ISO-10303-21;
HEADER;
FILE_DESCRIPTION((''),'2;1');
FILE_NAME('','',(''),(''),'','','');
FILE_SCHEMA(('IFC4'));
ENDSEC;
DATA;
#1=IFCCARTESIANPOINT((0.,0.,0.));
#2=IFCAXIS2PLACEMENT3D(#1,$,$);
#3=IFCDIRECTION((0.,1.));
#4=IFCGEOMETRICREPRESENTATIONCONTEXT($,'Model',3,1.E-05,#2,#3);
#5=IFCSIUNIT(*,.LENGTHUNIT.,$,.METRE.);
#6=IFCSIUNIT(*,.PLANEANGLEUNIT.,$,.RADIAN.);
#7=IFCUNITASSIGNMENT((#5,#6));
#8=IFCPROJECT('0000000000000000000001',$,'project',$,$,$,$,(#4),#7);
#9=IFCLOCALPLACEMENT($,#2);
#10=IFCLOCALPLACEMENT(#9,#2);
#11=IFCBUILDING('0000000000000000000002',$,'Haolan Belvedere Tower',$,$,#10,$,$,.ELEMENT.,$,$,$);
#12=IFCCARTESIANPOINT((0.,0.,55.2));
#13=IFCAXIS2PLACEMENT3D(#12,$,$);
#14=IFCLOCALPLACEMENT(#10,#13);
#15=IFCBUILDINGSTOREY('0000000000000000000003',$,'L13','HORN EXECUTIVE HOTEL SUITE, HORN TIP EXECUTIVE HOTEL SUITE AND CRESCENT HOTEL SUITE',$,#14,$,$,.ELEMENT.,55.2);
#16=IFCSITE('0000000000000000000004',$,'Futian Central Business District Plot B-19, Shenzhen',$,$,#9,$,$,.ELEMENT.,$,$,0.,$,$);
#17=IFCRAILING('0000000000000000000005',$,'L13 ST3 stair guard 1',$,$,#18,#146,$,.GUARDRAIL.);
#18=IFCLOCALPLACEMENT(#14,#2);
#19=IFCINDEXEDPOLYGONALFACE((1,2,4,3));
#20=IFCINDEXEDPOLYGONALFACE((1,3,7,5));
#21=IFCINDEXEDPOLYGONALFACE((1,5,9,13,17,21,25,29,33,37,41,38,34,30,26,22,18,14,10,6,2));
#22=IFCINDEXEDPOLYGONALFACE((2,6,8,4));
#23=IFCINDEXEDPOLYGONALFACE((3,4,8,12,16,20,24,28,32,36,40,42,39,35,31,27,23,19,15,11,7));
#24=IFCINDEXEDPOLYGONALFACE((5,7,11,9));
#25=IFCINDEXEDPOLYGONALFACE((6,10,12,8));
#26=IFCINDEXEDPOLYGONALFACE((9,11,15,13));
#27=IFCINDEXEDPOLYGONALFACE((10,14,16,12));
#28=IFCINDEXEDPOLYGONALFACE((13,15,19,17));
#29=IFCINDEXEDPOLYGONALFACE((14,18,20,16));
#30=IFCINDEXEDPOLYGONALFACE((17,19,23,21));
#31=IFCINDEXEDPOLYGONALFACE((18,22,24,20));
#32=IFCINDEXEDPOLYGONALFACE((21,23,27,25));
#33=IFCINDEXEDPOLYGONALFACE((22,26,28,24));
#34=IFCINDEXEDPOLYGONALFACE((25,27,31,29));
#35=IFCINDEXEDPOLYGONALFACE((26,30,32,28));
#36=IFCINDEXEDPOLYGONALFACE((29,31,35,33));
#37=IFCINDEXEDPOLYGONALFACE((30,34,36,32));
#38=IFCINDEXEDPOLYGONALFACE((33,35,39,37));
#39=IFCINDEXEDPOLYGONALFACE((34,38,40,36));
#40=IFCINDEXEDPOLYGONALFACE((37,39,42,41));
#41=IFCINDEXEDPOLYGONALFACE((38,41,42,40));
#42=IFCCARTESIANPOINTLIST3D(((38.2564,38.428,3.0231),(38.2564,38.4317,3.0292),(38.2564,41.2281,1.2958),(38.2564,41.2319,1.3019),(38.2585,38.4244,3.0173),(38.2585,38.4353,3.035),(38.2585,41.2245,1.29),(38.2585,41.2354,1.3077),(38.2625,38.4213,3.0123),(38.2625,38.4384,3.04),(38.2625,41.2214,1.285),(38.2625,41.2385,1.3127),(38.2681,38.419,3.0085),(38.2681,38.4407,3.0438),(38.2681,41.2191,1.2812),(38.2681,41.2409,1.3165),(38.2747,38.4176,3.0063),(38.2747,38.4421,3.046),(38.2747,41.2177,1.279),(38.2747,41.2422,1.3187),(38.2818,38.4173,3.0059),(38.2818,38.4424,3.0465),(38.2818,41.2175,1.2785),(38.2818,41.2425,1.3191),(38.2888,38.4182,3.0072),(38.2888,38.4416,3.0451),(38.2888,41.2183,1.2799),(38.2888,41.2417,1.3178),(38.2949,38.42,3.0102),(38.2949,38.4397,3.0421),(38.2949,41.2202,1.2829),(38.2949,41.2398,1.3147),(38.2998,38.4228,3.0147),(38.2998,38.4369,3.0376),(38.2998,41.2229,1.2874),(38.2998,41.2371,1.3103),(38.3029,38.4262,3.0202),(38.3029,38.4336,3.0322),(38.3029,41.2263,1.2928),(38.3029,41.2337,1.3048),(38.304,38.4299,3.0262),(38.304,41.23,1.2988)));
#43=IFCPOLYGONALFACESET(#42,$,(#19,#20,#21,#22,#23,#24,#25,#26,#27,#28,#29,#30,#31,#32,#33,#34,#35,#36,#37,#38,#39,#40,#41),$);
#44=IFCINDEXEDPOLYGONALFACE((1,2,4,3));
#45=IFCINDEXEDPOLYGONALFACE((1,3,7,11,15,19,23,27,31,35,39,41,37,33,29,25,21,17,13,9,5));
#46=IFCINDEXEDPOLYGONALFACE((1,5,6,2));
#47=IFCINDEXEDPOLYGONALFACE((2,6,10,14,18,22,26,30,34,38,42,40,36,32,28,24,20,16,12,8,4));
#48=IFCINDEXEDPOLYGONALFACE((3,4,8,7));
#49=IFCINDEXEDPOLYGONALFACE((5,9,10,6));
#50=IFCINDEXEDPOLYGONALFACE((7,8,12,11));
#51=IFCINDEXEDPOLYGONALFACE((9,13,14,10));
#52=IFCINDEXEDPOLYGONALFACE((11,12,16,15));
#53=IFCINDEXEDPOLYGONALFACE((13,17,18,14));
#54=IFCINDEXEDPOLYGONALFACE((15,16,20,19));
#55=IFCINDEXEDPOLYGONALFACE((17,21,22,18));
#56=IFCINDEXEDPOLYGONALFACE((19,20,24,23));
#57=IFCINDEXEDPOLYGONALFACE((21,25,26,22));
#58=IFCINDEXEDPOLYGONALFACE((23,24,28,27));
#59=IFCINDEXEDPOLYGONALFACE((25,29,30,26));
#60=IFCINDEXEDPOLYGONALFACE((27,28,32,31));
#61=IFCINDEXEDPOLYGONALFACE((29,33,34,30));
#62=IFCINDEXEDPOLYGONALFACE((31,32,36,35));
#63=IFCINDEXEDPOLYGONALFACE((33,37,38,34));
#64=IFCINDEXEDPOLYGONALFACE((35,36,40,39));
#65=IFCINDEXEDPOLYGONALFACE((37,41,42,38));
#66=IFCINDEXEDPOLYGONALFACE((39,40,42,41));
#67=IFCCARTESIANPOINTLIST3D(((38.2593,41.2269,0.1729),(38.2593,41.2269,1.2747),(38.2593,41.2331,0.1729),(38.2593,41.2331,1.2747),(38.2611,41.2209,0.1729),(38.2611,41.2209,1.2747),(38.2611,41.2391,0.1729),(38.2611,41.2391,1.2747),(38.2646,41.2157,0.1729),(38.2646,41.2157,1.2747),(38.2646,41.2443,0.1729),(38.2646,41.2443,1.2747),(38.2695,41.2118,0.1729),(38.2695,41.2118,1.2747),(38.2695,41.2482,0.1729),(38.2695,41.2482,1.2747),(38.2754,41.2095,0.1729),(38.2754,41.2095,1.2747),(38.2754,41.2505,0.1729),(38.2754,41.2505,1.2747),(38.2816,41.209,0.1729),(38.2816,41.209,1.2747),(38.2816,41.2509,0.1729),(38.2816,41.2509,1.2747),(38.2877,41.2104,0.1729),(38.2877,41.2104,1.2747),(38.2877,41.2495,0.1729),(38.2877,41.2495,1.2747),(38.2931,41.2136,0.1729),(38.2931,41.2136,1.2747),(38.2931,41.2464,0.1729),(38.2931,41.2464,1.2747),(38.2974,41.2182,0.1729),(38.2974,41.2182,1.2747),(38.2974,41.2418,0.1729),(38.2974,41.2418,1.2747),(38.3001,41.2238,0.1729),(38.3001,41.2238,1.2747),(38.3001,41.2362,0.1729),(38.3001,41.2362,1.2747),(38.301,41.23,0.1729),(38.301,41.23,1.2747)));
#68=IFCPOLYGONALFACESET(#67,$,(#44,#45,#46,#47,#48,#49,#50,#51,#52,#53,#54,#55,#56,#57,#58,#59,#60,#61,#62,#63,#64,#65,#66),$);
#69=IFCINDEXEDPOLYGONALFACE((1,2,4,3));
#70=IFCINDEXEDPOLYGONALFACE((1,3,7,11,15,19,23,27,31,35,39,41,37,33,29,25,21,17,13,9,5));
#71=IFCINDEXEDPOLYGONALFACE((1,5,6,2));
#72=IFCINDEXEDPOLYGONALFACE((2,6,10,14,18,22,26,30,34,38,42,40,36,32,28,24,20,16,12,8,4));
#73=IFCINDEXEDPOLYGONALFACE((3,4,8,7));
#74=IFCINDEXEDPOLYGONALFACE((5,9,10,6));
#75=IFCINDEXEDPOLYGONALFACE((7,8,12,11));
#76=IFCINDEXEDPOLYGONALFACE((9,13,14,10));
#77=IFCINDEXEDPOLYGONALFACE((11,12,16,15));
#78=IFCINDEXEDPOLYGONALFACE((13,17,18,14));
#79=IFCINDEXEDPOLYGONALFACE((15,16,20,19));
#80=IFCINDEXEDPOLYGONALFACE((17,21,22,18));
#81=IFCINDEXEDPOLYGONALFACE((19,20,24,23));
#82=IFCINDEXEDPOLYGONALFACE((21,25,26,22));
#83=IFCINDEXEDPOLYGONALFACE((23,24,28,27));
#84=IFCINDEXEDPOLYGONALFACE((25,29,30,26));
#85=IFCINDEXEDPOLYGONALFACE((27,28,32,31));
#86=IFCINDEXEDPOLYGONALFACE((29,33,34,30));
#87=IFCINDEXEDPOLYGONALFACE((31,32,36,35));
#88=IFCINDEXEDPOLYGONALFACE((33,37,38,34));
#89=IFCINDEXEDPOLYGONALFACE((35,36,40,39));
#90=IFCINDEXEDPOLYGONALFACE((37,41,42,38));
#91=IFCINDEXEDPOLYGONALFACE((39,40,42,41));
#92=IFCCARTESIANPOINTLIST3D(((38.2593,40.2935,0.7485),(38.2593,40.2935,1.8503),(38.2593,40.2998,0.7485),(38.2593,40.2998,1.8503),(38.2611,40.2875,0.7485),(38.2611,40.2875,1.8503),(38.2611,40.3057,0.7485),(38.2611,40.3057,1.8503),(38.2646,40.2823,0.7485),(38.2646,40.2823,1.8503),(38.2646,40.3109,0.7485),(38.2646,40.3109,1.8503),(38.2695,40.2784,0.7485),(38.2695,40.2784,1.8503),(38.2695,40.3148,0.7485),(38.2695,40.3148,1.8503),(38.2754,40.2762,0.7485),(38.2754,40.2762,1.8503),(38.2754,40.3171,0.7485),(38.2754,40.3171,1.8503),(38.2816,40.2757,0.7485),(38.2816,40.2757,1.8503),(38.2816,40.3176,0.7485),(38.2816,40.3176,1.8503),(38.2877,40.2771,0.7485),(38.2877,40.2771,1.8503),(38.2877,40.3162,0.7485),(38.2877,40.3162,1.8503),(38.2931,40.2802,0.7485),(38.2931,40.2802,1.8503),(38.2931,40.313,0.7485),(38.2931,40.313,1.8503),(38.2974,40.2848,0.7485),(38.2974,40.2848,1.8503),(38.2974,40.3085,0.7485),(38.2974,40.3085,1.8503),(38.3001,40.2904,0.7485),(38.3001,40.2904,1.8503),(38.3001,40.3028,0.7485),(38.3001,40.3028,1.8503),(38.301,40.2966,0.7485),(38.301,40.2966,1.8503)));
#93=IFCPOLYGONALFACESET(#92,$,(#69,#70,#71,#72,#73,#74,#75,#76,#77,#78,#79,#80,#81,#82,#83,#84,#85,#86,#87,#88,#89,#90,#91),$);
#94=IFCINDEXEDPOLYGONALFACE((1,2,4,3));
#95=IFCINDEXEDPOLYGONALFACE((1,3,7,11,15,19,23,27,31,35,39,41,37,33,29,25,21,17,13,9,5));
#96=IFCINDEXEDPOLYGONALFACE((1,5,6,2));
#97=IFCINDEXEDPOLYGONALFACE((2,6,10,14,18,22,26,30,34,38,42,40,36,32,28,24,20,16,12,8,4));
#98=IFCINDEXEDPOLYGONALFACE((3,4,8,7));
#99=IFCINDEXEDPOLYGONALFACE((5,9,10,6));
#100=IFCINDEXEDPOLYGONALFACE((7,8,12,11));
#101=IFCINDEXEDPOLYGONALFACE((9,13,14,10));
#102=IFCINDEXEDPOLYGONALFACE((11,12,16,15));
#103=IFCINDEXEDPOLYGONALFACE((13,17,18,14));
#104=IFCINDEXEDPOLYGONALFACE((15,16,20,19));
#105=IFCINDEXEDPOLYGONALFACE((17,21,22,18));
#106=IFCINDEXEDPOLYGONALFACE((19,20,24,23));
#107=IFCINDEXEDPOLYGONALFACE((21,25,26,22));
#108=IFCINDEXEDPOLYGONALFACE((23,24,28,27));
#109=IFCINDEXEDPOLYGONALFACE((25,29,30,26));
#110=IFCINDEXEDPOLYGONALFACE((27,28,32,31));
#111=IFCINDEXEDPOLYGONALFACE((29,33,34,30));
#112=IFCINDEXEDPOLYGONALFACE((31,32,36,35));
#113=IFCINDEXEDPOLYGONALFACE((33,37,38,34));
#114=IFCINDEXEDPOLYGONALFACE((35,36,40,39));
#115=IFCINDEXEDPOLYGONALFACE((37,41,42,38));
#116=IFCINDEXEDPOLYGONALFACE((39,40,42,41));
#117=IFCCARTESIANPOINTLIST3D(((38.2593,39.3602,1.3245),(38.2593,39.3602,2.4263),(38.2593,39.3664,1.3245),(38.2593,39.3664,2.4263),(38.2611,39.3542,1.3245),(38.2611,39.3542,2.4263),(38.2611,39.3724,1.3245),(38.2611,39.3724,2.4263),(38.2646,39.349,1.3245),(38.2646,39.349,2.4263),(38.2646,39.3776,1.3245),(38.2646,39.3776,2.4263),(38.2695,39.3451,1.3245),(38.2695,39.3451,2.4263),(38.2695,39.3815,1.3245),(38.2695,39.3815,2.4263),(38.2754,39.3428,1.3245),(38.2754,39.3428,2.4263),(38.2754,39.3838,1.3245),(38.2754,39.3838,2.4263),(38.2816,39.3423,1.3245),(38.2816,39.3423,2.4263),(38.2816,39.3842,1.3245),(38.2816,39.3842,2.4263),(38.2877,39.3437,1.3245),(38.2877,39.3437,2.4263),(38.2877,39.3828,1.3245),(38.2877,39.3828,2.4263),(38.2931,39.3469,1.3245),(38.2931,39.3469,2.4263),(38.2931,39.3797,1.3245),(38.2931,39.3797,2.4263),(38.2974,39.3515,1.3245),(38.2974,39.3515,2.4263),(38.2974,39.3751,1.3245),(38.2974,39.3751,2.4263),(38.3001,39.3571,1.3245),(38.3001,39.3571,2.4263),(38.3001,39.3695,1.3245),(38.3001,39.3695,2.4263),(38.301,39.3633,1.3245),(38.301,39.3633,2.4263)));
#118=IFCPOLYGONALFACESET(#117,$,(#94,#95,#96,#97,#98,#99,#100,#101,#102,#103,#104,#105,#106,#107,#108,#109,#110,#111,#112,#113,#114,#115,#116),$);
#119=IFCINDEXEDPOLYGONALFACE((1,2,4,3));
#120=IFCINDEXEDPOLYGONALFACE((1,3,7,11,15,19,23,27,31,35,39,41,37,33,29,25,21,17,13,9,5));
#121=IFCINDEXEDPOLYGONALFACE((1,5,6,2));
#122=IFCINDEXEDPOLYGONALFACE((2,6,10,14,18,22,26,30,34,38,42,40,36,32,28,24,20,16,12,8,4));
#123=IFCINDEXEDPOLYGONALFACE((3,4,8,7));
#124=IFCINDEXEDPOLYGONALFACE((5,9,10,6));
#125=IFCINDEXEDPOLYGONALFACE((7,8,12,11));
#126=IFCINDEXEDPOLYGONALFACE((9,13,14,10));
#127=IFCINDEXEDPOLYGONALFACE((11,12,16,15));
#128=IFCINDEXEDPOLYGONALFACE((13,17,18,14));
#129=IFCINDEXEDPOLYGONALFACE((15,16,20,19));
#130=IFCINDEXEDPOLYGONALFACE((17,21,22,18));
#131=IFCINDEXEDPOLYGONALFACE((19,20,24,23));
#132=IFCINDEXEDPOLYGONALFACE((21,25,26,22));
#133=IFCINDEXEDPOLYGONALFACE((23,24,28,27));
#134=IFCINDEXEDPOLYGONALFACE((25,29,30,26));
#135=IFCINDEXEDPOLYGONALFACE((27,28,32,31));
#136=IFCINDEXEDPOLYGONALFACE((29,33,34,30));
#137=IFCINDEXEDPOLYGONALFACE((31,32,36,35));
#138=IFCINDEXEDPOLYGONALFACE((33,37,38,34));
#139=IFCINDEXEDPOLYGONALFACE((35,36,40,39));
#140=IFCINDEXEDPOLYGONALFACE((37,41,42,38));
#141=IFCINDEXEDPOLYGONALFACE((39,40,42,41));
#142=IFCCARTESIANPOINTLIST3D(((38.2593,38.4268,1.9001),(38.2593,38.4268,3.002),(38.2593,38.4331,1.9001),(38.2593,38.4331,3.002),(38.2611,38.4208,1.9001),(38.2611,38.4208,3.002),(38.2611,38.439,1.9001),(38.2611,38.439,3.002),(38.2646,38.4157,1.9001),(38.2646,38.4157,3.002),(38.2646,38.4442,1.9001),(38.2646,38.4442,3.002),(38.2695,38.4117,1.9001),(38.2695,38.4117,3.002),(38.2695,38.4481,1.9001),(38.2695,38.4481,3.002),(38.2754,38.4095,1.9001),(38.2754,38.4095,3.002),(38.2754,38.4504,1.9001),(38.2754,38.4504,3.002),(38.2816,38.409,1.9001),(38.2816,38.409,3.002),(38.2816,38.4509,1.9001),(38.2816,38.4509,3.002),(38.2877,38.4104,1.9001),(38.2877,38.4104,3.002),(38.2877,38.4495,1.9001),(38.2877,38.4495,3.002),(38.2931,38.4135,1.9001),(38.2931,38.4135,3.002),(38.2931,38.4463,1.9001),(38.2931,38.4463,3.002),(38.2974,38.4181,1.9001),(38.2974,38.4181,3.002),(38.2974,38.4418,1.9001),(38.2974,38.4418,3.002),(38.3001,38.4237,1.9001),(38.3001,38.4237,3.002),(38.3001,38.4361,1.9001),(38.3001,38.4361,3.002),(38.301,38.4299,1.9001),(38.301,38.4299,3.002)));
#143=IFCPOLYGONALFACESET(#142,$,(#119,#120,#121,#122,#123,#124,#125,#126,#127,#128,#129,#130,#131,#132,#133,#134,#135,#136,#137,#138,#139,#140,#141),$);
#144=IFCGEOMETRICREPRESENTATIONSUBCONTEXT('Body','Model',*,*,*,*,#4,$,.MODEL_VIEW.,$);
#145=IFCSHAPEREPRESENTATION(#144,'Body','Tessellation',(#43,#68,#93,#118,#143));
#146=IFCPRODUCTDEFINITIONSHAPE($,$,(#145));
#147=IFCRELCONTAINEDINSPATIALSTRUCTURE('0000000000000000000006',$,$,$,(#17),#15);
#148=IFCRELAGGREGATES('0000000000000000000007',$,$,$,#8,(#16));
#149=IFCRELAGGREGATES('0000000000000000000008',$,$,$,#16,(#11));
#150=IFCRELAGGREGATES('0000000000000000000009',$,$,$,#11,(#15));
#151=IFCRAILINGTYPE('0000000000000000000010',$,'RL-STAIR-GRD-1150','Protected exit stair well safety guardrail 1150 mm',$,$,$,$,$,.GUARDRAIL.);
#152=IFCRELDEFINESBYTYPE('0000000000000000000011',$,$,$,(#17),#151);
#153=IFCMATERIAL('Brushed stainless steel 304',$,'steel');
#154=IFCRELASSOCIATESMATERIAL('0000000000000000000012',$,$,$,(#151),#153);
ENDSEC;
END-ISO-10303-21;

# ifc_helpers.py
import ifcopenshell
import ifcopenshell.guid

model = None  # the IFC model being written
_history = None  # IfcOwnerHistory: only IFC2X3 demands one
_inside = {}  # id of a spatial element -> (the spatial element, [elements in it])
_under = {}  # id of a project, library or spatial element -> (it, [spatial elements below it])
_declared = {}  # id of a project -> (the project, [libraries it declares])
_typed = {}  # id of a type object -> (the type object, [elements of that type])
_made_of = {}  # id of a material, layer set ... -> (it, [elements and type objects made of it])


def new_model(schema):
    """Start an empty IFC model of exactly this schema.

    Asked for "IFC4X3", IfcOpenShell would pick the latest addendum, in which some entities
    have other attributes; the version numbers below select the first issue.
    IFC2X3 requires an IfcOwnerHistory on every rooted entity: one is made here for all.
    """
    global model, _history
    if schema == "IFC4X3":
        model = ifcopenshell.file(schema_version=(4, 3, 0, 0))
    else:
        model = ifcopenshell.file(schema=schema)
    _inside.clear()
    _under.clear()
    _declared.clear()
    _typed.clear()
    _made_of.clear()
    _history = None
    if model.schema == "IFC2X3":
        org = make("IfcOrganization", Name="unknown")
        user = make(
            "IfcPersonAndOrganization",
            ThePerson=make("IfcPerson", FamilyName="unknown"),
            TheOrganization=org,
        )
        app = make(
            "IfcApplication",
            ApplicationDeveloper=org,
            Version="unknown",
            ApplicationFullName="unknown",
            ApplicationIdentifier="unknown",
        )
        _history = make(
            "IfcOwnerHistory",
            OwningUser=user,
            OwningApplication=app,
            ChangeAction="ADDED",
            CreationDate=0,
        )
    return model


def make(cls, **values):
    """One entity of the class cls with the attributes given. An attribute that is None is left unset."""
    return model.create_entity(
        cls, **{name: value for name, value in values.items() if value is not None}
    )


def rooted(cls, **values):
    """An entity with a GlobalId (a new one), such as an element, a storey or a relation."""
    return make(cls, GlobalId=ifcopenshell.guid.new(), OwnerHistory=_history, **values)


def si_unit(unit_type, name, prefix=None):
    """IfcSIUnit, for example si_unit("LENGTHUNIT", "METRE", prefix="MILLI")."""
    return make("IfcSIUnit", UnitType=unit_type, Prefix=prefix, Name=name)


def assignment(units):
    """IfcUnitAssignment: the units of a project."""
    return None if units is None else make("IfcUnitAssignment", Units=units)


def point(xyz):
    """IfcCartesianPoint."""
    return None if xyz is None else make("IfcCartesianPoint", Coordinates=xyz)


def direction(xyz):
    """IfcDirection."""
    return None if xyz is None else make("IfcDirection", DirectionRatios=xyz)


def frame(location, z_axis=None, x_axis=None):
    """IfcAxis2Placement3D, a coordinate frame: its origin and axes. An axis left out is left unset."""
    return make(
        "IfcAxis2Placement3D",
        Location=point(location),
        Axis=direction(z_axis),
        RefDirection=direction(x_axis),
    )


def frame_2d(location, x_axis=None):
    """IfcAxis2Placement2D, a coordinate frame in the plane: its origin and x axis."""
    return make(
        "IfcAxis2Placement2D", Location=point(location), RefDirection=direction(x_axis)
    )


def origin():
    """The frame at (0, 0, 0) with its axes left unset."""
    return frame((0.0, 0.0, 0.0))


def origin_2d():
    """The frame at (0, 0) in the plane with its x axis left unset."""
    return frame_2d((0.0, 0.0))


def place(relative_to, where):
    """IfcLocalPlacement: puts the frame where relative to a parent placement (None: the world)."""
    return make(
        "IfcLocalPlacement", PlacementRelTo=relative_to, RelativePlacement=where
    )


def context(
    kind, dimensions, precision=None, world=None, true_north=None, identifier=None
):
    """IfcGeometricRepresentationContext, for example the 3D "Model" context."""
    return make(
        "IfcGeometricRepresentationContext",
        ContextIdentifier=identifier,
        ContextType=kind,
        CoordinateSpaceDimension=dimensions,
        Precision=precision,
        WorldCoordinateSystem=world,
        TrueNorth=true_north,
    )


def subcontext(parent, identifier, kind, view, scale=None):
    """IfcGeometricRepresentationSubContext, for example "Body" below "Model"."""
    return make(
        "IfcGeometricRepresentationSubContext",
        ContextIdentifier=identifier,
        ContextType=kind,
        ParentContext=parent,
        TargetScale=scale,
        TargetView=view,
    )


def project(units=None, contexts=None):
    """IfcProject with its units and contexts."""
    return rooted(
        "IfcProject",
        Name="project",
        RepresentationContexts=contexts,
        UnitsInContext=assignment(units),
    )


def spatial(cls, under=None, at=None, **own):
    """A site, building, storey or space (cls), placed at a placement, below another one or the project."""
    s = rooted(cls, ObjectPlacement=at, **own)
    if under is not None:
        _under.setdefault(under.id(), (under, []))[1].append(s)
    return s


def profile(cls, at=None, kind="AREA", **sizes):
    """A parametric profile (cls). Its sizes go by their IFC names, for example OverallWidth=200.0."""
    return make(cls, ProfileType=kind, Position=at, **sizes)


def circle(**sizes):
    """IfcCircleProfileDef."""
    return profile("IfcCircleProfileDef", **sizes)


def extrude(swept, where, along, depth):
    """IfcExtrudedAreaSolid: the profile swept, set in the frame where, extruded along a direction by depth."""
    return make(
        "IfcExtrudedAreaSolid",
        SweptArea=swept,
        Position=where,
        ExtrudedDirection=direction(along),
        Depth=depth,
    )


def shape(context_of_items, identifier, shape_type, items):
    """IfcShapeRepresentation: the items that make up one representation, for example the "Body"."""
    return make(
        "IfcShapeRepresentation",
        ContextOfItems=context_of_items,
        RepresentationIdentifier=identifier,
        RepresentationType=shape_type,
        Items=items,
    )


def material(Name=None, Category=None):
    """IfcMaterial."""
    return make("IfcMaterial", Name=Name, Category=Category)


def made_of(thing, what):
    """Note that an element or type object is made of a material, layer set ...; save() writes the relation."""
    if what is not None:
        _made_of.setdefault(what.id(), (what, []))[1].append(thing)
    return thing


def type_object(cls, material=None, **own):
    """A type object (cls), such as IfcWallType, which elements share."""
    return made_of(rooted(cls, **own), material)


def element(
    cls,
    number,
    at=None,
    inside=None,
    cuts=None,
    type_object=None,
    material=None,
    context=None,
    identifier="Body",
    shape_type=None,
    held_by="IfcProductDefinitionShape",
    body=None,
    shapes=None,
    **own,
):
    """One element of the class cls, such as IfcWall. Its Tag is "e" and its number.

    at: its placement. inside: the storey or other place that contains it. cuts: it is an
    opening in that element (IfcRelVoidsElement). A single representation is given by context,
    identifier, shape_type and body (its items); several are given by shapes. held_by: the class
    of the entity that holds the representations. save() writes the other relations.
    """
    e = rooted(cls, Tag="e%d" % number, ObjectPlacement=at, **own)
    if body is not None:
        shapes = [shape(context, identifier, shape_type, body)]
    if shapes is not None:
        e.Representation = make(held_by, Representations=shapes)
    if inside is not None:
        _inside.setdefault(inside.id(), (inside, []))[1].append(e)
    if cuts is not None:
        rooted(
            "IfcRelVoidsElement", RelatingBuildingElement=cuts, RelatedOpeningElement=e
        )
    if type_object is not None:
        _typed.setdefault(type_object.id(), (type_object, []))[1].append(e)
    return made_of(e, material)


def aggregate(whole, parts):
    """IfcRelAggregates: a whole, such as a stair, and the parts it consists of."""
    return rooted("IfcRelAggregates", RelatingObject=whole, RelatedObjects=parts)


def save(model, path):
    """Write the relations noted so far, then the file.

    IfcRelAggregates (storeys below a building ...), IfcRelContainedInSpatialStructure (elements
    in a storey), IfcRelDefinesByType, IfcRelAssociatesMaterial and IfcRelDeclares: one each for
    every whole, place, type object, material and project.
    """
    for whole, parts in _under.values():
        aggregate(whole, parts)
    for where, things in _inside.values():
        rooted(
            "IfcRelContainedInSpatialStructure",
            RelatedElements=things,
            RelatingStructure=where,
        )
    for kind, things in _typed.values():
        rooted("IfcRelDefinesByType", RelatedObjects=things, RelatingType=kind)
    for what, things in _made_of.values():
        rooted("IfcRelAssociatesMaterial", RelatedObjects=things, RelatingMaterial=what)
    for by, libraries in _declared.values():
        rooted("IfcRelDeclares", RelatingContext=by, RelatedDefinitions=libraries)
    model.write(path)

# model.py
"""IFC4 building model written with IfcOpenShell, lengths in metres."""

from ifc_helpers import new_model, si_unit, direction, frame, origin, origin_2d, place, context, subcontext, project, spatial, circle, extrude, material, type_object, element, save


model = new_model("IFC4")

# Units and contexts
model_context = context("Model", 3, precision=1e-05, world=origin(), true_north=direction((0.0, 1.0)))
body_context = subcontext(model_context, "Body", "Model", "MODEL_VIEW")
ifc_project = project(units=[si_unit("LENGTHUNIT", "METRE"), si_unit("PLANEANGLEUNIT", "RADIAN")], contexts=[model_context])

# Site, building, storey
site_placement = place(None, origin())
site = spatial("IfcSite", under=ifc_project, at=site_placement, Name="Futian Central Business District Plot B-19, Shenzhen", CompositionType="ELEMENT", RefElevation=0.0)
building_placement = place(site_placement, origin())
building = spatial("IfcBuilding", under=site, at=building_placement, Name="Haolan Belvedere Tower", CompositionType="ELEMENT")
storey_placement = place(building_placement, frame((0.0, 0.0, 55.2)))
storey = spatial("IfcBuildingStorey", under=building, at=storey_placement, Name="L13", Description="HORN EXECUTIVE HOTEL SUITE, HORN TIP EXECUTIVE HOTEL SUITE AND CRESCENT HOTEL SUITE", CompositionType="ELEMENT", Elevation=55.2)

# Railing
ifc_material_1 = material(Name="Brushed stainless steel 304", Category="steel")
railing_type_1 = type_object("IfcRailingType", Name="RL-STAIR-GRD-1150", Description="Protected exit stair well safety guardrail 1150 mm", PredefinedType="GUARDRAIL", material=ifc_material_1)
railing_1_placement = place(storey_placement, frame((38.28, 41.23, 0.1729)))
element("IfcRailing", 1, at=railing_1_placement, inside=storey, type_object=railing_type_1, Name="L13 ST3 stair guard 1", PredefinedType="GUARDRAIL", context=body_context, shape_type="SweptSolid", body=[
    extrude(circle(Radius=0.0239, at=origin_2d()), frame((0.0, 0.0, 1.126), z_axis=(0.0, -0.85109, 0.52502), x_axis=(1.0, 0.0, 0.0)), (0.0, 0.0, 1.0), 3.29),
    extrude(circle(Radius=0.021, at=origin_2d()), origin(), (0.0, 0.0, 1.0), 1.1018),
    extrude(circle(Radius=0.021, at=origin_2d()), frame((0.0, -0.9333, 0.5757)), (0.0, 0.0, 1.0), 1.1018),
    extrude(circle(Radius=0.021, at=origin_2d()), frame((0.0, -1.8667, 1.1516)), (0.0, 0.0, 1.0), 1.1018),
    extrude(circle(Radius=0.021, at=origin_2d()), frame((0.0, -2.8, 1.7273)), (0.0, 0.0, 1.0), 1.1018),
])

save(model, "model.ifc")
